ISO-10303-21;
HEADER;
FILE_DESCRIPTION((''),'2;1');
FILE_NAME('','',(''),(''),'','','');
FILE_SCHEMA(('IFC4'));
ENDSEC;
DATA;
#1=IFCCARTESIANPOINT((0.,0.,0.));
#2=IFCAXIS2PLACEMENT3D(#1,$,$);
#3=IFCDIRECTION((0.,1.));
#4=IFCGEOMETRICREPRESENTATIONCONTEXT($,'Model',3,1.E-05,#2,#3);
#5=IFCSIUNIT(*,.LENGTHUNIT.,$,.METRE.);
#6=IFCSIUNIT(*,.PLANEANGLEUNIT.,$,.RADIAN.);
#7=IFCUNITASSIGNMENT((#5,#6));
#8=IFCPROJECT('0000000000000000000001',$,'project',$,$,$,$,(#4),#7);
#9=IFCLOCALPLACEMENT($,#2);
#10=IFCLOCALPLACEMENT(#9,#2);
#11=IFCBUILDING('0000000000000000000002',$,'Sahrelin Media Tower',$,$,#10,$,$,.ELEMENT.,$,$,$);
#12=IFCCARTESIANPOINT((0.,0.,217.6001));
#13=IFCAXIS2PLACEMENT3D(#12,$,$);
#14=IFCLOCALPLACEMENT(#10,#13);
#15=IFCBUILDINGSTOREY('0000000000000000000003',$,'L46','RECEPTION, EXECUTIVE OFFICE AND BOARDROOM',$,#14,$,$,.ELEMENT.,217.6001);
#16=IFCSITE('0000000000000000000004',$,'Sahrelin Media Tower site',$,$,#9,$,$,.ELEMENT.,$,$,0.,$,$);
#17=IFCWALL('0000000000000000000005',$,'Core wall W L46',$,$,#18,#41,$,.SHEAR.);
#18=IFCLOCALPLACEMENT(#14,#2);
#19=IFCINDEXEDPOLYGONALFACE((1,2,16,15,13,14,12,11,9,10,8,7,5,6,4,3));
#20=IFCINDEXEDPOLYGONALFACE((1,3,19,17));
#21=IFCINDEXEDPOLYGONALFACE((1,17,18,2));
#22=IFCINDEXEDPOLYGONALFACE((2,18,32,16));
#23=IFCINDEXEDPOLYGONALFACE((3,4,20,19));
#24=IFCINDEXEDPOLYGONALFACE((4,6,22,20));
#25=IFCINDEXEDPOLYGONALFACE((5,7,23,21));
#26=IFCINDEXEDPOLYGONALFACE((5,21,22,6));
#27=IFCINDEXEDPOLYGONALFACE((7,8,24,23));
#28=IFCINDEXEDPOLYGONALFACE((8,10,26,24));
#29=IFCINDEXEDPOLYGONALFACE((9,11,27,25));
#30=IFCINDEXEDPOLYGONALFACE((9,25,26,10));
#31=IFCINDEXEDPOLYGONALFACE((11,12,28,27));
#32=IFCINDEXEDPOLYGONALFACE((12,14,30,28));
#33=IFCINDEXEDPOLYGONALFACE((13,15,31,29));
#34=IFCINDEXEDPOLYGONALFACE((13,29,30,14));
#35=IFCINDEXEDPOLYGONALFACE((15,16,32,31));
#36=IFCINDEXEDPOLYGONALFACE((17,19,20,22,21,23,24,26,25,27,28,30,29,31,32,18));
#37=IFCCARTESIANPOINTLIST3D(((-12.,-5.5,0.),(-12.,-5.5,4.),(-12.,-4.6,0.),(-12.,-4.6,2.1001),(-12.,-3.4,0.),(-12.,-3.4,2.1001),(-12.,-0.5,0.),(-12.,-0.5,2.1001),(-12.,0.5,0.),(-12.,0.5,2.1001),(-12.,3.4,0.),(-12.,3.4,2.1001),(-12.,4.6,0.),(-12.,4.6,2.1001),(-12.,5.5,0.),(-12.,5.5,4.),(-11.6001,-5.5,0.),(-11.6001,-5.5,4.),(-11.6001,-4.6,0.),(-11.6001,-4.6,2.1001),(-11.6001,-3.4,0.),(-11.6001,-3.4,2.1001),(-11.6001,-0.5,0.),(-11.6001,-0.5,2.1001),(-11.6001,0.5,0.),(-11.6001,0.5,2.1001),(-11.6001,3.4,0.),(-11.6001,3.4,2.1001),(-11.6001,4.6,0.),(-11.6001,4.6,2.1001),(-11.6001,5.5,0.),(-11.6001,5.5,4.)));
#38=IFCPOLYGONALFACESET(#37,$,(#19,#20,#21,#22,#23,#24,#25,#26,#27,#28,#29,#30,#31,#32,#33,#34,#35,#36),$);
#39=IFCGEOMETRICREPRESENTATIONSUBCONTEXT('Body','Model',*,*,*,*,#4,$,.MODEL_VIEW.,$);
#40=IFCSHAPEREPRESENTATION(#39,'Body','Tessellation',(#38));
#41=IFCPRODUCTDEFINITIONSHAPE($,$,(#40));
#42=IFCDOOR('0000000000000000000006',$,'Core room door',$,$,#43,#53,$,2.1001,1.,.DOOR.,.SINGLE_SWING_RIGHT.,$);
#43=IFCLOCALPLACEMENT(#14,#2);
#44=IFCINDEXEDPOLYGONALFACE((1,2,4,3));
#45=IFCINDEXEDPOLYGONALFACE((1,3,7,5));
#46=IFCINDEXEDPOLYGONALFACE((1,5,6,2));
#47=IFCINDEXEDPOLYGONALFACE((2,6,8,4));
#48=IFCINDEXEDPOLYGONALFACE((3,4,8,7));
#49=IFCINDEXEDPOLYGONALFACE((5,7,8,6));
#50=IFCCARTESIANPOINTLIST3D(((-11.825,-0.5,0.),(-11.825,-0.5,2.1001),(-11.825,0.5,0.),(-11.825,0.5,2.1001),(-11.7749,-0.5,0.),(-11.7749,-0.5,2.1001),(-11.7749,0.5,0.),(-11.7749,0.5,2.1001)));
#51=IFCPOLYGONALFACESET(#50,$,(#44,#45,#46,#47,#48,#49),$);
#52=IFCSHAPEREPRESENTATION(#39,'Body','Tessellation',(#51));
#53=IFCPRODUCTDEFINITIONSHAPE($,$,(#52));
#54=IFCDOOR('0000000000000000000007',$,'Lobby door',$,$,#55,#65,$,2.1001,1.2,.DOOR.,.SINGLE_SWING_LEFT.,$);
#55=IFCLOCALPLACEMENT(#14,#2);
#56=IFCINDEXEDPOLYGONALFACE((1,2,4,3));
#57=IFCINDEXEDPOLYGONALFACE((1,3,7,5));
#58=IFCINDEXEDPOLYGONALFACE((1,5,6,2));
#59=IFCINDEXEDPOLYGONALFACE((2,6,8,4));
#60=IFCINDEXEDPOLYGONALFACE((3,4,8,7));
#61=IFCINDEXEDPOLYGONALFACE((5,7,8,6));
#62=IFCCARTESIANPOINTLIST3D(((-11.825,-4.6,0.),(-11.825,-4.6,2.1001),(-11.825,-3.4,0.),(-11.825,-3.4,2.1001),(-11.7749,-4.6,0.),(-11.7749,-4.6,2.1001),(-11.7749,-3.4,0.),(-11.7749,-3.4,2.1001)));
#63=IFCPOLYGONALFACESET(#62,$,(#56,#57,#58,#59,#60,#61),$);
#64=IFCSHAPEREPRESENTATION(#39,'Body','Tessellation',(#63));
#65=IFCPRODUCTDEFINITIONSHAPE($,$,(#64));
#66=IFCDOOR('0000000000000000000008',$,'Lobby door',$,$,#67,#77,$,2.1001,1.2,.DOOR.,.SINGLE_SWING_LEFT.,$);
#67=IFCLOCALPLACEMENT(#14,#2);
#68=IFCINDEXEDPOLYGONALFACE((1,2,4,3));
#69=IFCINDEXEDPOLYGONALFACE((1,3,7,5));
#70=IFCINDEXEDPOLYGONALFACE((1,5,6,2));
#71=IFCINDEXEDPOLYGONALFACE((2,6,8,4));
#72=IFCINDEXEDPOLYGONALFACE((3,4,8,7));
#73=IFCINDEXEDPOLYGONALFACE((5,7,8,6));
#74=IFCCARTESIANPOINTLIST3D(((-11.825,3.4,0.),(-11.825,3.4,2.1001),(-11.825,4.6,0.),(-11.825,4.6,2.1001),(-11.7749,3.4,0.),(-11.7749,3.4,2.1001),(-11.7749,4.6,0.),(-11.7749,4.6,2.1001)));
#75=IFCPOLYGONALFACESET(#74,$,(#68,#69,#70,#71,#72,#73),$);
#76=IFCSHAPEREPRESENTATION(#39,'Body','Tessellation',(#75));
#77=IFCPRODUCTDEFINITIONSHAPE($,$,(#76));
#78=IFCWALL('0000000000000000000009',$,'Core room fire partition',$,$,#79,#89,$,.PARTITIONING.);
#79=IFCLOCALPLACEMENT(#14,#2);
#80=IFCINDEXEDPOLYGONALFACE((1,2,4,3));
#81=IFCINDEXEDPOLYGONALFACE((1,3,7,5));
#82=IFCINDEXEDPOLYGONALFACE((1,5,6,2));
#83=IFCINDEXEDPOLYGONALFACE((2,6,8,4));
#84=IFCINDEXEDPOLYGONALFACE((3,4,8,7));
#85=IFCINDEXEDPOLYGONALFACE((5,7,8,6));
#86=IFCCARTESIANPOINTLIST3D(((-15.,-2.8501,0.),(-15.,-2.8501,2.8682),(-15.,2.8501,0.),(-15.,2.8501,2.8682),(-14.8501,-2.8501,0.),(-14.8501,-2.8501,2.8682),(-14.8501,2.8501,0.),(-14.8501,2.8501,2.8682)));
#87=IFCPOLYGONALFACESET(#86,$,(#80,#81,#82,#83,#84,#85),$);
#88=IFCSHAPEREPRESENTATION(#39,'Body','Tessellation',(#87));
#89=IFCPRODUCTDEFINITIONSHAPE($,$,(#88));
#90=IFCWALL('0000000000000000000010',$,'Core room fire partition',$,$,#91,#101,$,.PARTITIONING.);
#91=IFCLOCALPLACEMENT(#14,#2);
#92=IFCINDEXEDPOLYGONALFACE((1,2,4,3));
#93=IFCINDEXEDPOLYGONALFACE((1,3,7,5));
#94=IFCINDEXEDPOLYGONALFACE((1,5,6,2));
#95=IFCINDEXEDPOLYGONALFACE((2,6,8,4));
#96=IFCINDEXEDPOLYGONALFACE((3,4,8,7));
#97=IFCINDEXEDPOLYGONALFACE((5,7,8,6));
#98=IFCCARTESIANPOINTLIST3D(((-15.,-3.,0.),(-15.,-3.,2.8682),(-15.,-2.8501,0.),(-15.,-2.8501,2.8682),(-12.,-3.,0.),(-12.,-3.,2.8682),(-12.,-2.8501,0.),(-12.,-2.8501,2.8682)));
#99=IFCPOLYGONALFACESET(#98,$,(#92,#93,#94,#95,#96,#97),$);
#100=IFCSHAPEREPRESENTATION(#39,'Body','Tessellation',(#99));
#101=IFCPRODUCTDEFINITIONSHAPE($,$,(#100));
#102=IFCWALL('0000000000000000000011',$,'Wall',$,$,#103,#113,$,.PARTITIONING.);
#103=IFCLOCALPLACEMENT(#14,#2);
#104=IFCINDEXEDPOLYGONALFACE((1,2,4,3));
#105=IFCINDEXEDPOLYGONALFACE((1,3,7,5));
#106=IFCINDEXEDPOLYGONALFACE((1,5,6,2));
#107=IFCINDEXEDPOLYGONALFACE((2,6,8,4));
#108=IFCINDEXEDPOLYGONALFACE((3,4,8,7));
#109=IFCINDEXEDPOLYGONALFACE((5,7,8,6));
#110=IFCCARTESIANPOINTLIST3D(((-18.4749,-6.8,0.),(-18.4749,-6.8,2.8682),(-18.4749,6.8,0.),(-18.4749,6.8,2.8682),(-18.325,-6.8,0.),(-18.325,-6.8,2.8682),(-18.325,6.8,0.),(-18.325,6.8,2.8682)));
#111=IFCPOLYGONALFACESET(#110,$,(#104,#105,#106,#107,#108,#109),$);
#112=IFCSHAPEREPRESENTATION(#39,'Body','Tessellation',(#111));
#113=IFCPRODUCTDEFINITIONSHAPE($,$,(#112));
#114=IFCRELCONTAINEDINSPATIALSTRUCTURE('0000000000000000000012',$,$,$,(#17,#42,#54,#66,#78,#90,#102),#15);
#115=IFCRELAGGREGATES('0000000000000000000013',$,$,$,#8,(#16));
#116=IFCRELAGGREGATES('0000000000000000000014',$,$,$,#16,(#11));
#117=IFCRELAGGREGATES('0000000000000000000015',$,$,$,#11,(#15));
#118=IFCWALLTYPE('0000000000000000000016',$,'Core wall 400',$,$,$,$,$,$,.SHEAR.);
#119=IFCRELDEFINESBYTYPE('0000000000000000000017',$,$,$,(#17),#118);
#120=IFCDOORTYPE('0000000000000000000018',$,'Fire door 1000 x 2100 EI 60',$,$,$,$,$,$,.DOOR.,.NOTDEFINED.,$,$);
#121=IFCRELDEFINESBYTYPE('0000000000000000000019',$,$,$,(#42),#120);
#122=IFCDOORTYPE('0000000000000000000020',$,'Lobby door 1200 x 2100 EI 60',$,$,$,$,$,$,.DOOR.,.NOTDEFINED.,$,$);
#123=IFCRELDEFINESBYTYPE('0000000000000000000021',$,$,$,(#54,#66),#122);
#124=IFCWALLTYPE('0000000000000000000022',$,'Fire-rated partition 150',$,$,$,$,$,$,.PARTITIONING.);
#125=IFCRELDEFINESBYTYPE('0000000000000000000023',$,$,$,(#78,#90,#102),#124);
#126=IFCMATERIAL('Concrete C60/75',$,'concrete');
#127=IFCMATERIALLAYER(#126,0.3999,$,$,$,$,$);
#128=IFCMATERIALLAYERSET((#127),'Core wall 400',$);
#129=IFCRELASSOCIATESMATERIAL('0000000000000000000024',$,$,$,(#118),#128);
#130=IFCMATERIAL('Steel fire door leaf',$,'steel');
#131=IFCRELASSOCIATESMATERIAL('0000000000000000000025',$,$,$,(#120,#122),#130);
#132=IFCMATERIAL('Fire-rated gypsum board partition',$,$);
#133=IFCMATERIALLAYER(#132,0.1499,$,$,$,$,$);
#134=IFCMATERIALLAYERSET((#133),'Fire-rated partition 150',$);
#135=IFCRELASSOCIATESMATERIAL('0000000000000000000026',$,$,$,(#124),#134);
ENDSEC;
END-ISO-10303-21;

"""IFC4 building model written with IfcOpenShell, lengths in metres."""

from ifc_helpers import new_model, si_unit, direction, frame, frame_2d, origin, place, context, subcontext, project, spatial, rectangle, extrude, material, layer, layer_set, type_object, element, fill, save


model = new_model("IFC4")

# Units and contexts
model_context = context("Model", 3, precision=1e-05, world=origin(), true_north=direction((0.0, 1.0)))
body_context = subcontext(model_context, "Body", "Model", "MODEL_VIEW")
ifc_project = project(units=[si_unit("LENGTHUNIT", "METRE"), si_unit("PLANEANGLEUNIT", "RADIAN")], contexts=[model_context])

# Site, building, storey
site_placement = place(None, origin())
site = spatial("IfcSite", under=ifc_project, at=site_placement, Name="Sahrelin Media Tower site", CompositionType="ELEMENT", RefElevation=0.0)
building_placement = place(site_placement, origin())
building = spatial("IfcBuilding", under=site, at=building_placement, Name="Sahrelin Media Tower", CompositionType="ELEMENT")
storey_placement = place(building_placement, frame((0.0, 0.0, 217.6001)))
storey = spatial("IfcBuildingStorey", under=building, at=storey_placement, Name="L46", Description="RECEPTION, EXECUTIVE OFFICE AND BOARDROOM", CompositionType="ELEMENT", Elevation=217.6001)

# Shared definitions
ifc_material_1 = material(Name="Concrete C60/75", Category="concrete")
ifc_layer_1 = layer(ifc_material_1, 0.3999)
ifc_layer_set_1 = layer_set([ifc_layer_1], Name="Core wall 400")
wall_type_1 = type_object("IfcWallType", Name="Core wall 400", PredefinedType="SHEAR", material=ifc_layer_set_1)

# Wall, openings, doors
wall_1_placement = place(storey_placement, frame((-11.8, -5.5, 0.0), z_axis=(0.0, 0.0, 1.0), x_axis=(0.0, 1.0, 0.0)))
wall_1 = element("IfcWall", 1, at=wall_1_placement, inside=storey, type_object=wall_type_1, Name="Core wall W L46", PredefinedType="SHEAR", context=body_context, shape_type="SweptSolid", body=[
    extrude(rectangle(XDim=11.0, YDim=0.3999, at=frame_2d((5.5, 0.0))), origin(), (0.0, 0.0, 1.0), 4.0),
])
opening_1_placement = place(wall_1_placement, frame((5.0, 0.0, 0.0)))
opening_1 = element("IfcOpeningElement", 2, at=opening_1_placement, cuts=wall_1, PredefinedType="OPENING", context=body_context, shape_type="SweptSolid", body=[
    extrude(rectangle(XDim=1.0, YDim=2.1001, at=frame_2d((0.5, 1.05))), frame((0.0, 0.2, 0.0), z_axis=(0.0, -1.0, 0.0), x_axis=(1.0, 0.0, 0.0)), (0.0, 0.0, 1.0), 0.3999),
])
opening_2_placement = place(wall_1_placement, frame((0.8999, 0.0, 0.0)))
opening_2 = element("IfcOpeningElement", 3, at=opening_2_placement, cuts=wall_1, PredefinedType="OPENING", context=body_context, shape_type="SweptSolid", body=[
    extrude(rectangle(XDim=1.2, YDim=2.1001, at=frame_2d((0.6001, 1.05))), frame((0.0, 0.2, 0.0), z_axis=(0.0, -1.0, 0.0), x_axis=(1.0, 0.0, 0.0)), (0.0, 0.0, 1.0), 0.3999),
])
opening_3_placement = place(wall_1_placement, frame((8.8999, 0.0, 0.0)))
opening_3 = element("IfcOpeningElement", 4, at=opening_3_placement, cuts=wall_1, PredefinedType="OPENING", context=body_context, shape_type="SweptSolid", body=[
    extrude(rectangle(XDim=1.2, YDim=2.1001, at=frame_2d((0.6001, 1.05))), frame((0.0, 0.2, 0.0), z_axis=(0.0, -1.0, 0.0), x_axis=(1.0, 0.0, 0.0)), (0.0, 0.0, 1.0), 0.3999),
])
ifc_material_2 = material(Name="Steel fire door leaf", Category="steel")
door_type_1 = type_object("IfcDoorType", Name="Fire door 1000 x 2100 EI 60", OperationType="NOTDEFINED", PredefinedType="DOOR", material=ifc_material_2)
door_1_placement = place(opening_1_placement, origin())
door_1 = element("IfcDoor", 5, at=door_1_placement, inside=storey, type_object=door_type_1, Name="Core room door", OperationType="SINGLE_SWING_RIGHT", OverallHeight=2.1001, OverallWidth=1.0, PredefinedType="DOOR", context=body_context, shape_type="SweptSolid", body=[
    extrude(rectangle(XDim=1.0, YDim=2.1001, at=frame_2d((0.5, 1.05))), frame((0.0, 0.0249, 0.0), z_axis=(0.0, -1.0, 0.0), x_axis=(1.0, 0.0, 0.0)), (0.0, 0.0, 1.0), 0.05),
])
fill(opening_1, door_1)
door_type_2 = type_object("IfcDoorType", Name="Lobby door 1200 x 2100 EI 60", OperationType="NOTDEFINED", PredefinedType="DOOR", material=ifc_material_2)
door_2_placement = place(opening_2_placement, origin())
door_2 = element("IfcDoor", 6, at=door_2_placement, inside=storey, type_object=door_type_2, Name="Lobby door", OperationType="SINGLE_SWING_LEFT", OverallHeight=2.1001, OverallWidth=1.2, PredefinedType="DOOR", context=body_context, shape_type="SweptSolid", body=[
    extrude(rectangle(XDim=1.2, YDim=2.1001, at=frame_2d((0.6001, 1.05))), frame((0.0, 0.0249, 0.0), z_axis=(0.0, -1.0, 0.0), x_axis=(1.0, 0.0, 0.0)), (0.0, 0.0, 1.0), 0.05),
])
fill(opening_2, door_2)
door_3_placement = place(opening_3_placement, origin())
door_3 = element("IfcDoor", 7, at=door_3_placement, inside=storey, type_object=door_type_2, Name="Lobby door", OperationType="SINGLE_SWING_LEFT", OverallHeight=2.1001, OverallWidth=1.2, PredefinedType="DOOR", context=body_context, shape_type="SweptSolid", body=[
    extrude(rectangle(XDim=1.2, YDim=2.1001, at=frame_2d((0.6001, 1.05))), frame((0.0, 0.0249, 0.0), z_axis=(0.0, -1.0, 0.0), x_axis=(1.0, 0.0, 0.0)), (0.0, 0.0, 1.0), 0.05),
])
fill(opening_3, door_3)

# Walls
ifc_material_3 = material(Name="Fire-rated gypsum board partition")
ifc_layer_2 = layer(ifc_material_3, 0.1499)
ifc_layer_set_2 = layer_set([ifc_layer_2], Name="Fire-rated partition 150")
wall_type_2 = type_object("IfcWallType", Name="Fire-rated partition 150", PredefinedType="PARTITIONING", material=ifc_layer_set_2)
wall_2_placement = place(storey_placement, frame((-14.925, -2.8501, 0.0), z_axis=(0.0, 0.0, 1.0), x_axis=(0.0, 1.0, 0.0)))
element("IfcWall", 8, at=wall_2_placement, inside=storey, type_object=wall_type_2, Name="Core room fire partition", PredefinedType="PARTITIONING", context=body_context, shape_type="SweptSolid", body=[
    extrude(rectangle(XDim=5.7002, YDim=0.1499, at=frame_2d((2.8501, 0.0))), origin(), (0.0, 0.0, 1.0), 2.8682),
])
wall_3_placement = place(storey_placement, frame((-15.0, -2.925, 0.0), z_axis=(0.0, 0.0, 1.0), x_axis=(1.0, 0.0, 0.0)))
element("IfcWall", 9, at=wall_3_placement, inside=storey, type_object=wall_type_2, Name="Core room fire partition", PredefinedType="PARTITIONING", context=body_context, shape_type="SweptSolid", body=[
    extrude(rectangle(XDim=3.0, YDim=0.1499, at=frame_2d((1.5, 0.0))), origin(), (0.0, 0.0, 1.0), 2.8682),
])
wall_4_placement = place(storey_placement, frame((-18.3999, -6.8, 0.0), z_axis=(0.0, 0.0, 1.0), x_axis=(0.0, 1.0, 0.0)))
element("IfcWall", 10, at=wall_4_placement, inside=storey, type_object=wall_type_2, Name="Wall", PredefinedType="PARTITIONING", context=body_context, shape_type="SweptSolid", body=[
    extrude(rectangle(XDim=13.6001, YDim=0.1499, at=frame_2d((6.8, 0.0))), origin(), (0.0, 0.0, 1.0), 2.8682),
])

save(model, "model.ifc")
